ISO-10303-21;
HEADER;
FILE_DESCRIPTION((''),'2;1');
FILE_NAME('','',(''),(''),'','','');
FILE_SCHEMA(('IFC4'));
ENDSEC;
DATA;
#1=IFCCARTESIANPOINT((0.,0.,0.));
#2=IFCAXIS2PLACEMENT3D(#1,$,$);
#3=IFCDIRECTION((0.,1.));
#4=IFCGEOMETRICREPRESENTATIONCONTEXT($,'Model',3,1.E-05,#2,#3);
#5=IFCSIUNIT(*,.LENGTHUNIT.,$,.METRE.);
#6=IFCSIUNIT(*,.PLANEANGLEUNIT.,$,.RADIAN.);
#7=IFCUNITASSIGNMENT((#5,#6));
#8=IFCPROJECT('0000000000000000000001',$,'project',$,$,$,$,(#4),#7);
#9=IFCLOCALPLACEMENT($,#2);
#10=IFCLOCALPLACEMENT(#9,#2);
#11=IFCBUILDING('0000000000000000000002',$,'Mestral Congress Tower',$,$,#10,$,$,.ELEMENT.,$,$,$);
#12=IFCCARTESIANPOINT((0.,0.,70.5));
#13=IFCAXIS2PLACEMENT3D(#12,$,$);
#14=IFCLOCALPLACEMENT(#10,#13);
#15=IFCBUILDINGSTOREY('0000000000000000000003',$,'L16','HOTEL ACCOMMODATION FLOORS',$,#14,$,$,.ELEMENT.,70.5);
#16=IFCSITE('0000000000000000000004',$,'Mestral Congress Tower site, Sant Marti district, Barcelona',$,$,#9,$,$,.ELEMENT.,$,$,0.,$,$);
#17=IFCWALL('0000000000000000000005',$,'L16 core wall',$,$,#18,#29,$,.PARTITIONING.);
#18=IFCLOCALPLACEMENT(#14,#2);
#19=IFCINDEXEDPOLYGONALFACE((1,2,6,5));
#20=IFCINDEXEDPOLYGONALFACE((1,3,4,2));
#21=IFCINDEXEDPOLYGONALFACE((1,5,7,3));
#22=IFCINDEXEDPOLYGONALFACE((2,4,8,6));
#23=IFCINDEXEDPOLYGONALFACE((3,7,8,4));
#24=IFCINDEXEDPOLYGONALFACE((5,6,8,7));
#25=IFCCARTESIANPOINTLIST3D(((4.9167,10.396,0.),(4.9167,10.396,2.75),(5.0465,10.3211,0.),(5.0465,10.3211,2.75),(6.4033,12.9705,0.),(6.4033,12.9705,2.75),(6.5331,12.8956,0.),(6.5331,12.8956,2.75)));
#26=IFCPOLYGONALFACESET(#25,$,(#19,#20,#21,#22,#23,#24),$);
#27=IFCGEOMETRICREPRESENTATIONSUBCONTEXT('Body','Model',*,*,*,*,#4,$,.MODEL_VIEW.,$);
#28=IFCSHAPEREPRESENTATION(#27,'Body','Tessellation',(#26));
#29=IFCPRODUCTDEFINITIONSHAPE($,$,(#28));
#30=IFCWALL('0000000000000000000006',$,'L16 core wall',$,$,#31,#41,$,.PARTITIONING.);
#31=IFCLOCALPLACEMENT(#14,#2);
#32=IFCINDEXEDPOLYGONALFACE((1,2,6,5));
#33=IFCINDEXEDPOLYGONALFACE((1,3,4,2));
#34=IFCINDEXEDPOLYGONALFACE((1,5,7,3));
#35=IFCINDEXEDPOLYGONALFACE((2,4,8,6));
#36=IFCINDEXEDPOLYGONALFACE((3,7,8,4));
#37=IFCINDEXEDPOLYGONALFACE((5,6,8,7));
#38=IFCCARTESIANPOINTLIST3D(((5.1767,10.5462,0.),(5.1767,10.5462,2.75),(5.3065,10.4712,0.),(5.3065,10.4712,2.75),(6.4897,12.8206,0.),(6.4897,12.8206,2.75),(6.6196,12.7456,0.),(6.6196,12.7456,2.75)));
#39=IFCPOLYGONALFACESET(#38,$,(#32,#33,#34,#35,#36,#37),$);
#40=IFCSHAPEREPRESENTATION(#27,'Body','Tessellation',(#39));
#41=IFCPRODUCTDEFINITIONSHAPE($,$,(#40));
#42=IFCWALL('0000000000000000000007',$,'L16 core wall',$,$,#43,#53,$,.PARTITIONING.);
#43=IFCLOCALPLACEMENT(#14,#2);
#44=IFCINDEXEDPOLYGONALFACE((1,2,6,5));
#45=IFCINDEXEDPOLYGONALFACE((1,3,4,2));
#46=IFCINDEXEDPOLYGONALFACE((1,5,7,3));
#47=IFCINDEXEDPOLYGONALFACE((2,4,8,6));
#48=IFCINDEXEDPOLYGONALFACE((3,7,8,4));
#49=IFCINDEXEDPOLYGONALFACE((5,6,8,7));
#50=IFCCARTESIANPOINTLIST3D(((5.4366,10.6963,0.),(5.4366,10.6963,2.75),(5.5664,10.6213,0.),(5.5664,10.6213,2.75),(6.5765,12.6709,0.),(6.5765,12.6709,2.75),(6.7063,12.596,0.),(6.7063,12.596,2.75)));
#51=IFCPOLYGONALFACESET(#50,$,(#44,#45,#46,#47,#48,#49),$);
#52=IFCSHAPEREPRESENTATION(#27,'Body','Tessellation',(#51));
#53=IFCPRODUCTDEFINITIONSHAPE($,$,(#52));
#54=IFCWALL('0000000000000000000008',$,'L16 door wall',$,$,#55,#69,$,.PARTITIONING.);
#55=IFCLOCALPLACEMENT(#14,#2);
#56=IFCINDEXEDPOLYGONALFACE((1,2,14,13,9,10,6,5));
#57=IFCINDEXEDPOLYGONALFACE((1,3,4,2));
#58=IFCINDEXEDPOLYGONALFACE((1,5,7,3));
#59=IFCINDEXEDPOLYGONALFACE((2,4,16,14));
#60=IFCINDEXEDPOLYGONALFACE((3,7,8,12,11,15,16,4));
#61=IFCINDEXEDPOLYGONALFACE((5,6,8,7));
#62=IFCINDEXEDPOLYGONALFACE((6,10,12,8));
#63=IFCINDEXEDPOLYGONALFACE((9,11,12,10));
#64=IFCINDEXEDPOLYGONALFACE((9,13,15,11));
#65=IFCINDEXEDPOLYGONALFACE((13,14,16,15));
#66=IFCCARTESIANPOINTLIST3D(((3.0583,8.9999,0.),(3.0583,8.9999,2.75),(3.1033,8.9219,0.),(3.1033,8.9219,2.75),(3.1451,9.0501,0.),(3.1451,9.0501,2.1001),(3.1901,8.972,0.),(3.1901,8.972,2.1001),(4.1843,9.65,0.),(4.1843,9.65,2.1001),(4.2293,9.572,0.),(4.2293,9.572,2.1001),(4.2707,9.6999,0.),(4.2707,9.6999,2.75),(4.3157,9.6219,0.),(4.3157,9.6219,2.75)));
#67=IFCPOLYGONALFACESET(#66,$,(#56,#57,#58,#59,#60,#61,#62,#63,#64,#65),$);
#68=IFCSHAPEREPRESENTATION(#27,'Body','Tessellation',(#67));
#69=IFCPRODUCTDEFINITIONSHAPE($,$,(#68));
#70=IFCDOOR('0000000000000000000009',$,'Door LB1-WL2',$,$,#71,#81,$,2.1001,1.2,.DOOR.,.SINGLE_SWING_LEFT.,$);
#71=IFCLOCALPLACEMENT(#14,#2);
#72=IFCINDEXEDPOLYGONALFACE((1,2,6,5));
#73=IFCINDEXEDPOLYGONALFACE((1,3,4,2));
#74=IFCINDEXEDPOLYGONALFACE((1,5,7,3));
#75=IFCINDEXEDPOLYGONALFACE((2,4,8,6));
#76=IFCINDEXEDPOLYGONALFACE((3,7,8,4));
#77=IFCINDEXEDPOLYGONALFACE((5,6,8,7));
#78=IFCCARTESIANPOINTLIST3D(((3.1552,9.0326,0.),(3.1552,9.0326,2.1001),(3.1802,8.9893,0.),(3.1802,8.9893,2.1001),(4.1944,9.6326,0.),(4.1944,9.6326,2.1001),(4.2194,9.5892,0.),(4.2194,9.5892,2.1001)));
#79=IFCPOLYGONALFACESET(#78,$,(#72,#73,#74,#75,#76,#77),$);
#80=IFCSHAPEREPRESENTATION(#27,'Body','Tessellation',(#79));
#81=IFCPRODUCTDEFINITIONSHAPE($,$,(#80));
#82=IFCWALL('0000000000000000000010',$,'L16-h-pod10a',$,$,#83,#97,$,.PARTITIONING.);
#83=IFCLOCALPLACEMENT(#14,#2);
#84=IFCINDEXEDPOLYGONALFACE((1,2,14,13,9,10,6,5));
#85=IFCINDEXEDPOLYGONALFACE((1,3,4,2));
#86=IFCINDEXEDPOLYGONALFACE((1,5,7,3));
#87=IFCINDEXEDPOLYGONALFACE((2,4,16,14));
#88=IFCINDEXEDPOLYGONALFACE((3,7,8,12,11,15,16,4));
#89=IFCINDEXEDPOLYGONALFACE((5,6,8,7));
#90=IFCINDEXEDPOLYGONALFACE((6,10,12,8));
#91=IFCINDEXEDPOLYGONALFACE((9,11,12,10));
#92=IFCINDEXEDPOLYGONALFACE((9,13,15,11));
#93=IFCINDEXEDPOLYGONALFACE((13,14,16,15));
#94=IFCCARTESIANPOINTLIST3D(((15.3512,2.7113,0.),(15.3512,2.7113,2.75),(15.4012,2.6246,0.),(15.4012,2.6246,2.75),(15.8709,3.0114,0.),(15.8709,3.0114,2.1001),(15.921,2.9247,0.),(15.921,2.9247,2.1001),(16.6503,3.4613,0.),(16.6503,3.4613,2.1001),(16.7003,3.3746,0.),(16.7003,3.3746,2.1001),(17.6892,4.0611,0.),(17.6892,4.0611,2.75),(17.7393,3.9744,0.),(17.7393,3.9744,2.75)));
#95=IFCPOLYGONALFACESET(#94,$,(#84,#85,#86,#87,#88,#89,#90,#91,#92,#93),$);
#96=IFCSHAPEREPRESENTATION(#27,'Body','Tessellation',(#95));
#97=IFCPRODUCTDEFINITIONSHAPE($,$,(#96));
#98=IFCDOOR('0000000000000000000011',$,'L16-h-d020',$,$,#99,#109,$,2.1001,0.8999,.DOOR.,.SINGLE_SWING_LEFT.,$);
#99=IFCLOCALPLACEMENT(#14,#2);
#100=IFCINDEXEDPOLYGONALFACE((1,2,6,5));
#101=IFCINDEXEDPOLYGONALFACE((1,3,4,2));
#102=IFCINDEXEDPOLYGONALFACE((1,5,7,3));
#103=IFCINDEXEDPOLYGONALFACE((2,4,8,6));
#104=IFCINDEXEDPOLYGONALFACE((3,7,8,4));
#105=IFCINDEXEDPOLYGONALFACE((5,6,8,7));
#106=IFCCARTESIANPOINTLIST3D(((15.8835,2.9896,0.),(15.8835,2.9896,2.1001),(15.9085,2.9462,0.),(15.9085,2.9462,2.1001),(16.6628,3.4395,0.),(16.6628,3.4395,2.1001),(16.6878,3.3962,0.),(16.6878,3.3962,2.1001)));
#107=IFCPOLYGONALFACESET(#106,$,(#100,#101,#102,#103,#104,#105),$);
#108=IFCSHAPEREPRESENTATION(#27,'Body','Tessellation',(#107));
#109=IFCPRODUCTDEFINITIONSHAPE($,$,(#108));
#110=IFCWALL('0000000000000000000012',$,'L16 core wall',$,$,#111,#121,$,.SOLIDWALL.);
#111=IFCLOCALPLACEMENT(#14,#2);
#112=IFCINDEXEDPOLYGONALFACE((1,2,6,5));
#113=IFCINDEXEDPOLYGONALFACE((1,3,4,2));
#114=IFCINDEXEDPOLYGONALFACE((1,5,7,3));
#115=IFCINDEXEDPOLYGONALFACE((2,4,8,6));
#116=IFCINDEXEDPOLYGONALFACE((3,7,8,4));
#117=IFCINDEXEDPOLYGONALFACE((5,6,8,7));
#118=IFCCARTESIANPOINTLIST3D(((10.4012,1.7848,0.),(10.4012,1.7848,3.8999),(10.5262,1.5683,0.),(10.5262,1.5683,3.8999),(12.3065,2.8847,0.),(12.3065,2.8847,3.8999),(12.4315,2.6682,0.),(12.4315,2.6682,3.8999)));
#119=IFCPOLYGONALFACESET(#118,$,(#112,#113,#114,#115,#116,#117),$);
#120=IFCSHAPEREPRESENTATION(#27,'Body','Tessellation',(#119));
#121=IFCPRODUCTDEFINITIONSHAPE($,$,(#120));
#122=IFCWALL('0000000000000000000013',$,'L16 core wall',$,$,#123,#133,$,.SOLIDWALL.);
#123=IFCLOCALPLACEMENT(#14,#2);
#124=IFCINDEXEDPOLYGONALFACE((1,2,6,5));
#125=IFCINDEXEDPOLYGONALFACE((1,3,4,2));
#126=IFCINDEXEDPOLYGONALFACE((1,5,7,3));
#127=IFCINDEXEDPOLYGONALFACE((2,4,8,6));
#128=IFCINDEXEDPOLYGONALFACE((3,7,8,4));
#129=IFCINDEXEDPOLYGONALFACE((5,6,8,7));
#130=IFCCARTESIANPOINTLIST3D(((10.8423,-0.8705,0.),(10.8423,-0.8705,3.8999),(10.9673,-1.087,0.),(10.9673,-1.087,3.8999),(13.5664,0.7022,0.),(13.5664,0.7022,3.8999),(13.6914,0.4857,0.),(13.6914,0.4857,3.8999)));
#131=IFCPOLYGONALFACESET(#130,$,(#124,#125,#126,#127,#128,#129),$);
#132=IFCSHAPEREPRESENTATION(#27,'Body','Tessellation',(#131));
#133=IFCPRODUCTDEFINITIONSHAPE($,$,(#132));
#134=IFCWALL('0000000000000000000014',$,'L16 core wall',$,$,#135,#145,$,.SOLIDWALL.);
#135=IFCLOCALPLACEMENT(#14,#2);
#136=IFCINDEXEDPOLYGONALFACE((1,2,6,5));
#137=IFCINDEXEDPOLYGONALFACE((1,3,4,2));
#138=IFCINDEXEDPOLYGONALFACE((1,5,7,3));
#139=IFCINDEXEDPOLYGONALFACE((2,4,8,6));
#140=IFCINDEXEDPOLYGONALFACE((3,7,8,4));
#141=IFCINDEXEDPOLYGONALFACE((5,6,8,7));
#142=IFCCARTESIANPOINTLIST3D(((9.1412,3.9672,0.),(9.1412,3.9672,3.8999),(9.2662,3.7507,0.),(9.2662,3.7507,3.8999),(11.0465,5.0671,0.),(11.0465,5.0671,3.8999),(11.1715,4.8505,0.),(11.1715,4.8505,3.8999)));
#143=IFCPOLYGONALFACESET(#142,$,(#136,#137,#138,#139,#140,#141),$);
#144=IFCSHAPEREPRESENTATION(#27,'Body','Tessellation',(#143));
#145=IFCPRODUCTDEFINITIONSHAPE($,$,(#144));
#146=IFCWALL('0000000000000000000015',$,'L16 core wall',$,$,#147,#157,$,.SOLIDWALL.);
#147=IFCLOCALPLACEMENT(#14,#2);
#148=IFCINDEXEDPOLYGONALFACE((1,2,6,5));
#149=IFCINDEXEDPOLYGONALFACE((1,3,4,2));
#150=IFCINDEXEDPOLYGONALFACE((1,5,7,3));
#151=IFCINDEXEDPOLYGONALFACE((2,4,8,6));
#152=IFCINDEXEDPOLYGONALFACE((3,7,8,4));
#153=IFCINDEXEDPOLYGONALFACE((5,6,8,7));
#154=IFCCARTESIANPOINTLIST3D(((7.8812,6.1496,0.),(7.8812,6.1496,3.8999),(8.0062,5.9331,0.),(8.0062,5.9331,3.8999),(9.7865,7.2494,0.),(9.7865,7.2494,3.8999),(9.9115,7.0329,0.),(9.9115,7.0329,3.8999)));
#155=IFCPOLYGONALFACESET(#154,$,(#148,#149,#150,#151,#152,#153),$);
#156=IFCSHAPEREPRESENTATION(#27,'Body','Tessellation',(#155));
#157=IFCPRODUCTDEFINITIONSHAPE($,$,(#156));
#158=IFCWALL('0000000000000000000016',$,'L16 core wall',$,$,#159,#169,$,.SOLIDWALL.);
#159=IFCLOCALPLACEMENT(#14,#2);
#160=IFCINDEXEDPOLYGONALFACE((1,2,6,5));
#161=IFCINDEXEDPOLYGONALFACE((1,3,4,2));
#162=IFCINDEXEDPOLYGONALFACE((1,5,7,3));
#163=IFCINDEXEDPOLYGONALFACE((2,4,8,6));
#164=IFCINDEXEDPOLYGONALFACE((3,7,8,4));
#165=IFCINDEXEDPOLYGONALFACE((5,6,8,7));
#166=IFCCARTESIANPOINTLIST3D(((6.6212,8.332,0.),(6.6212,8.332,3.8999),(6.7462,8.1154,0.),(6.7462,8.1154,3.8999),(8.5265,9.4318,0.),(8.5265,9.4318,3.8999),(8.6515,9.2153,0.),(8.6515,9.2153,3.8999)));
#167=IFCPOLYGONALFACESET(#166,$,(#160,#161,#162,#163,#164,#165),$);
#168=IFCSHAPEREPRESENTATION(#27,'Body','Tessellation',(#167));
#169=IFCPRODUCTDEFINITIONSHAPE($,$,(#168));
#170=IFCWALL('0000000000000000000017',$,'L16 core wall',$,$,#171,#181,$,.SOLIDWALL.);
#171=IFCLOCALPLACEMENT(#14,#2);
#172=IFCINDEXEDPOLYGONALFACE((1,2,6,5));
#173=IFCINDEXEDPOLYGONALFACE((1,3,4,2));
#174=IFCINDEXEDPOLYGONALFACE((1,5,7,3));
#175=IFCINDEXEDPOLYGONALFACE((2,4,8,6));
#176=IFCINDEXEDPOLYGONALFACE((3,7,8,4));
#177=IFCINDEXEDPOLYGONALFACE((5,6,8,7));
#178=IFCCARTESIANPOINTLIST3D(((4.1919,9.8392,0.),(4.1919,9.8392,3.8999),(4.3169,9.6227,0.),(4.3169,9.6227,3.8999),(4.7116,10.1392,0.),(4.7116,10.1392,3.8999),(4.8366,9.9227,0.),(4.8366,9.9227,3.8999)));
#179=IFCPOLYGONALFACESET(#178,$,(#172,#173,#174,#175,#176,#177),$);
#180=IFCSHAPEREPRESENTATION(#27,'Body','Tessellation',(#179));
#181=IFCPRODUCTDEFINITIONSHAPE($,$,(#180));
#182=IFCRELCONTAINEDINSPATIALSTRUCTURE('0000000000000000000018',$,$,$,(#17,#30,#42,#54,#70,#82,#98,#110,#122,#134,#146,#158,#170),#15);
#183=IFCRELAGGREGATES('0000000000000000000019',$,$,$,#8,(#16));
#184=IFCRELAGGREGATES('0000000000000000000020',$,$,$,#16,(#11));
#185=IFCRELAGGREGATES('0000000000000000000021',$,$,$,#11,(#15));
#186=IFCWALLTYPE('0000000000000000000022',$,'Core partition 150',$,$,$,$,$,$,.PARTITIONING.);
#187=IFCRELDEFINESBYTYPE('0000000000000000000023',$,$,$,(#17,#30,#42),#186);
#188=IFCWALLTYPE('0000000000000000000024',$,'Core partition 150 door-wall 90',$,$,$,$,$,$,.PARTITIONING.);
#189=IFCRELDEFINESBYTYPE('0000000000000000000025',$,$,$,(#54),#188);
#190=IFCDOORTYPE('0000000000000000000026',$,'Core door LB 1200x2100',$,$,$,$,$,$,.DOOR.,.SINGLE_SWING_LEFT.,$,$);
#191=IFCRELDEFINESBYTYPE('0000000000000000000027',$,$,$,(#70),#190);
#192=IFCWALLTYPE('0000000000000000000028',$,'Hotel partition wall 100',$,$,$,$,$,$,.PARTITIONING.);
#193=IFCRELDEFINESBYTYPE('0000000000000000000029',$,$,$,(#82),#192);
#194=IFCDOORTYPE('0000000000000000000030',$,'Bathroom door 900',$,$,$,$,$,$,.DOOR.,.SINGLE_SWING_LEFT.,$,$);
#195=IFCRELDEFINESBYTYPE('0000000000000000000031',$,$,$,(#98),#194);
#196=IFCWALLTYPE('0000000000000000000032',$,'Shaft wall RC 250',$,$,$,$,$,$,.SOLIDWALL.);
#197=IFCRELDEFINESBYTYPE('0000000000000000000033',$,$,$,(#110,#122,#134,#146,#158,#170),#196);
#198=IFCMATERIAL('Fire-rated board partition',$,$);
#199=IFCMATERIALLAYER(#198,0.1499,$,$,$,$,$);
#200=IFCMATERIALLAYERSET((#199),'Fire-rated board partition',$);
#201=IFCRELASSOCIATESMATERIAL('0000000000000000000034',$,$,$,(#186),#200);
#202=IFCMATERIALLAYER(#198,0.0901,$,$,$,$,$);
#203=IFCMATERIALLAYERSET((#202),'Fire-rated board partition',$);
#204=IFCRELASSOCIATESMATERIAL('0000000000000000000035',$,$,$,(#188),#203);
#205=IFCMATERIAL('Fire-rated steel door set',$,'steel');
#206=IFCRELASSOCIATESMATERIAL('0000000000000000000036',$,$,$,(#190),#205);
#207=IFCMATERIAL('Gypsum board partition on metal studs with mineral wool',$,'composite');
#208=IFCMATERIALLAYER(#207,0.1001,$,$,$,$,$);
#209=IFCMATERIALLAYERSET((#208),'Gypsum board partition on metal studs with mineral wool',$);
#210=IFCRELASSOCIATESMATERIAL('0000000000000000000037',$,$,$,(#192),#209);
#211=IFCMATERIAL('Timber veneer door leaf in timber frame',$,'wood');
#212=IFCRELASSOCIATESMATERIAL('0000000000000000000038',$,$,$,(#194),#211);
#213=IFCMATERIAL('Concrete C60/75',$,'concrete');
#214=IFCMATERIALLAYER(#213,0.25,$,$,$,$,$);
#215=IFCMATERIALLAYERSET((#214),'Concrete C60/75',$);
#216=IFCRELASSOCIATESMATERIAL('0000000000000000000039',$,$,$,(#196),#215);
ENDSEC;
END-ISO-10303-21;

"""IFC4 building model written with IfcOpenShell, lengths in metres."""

from ifc_helpers import new_model, si_unit, direction, frame, frame_2d, origin, place, context, subcontext, project, spatial, rectangle, extrude, material, layer, layer_set, type_object, element, fill, save


model = new_model("IFC4")

# Units and contexts
model_context = context("Model", 3, precision=1e-05, world=origin(), true_north=direction((0.0, 1.0)))
body_context = subcontext(model_context, "Body", "Model", "MODEL_VIEW")
ifc_project = project(units=[si_unit("LENGTHUNIT", "METRE"), si_unit("PLANEANGLEUNIT", "RADIAN")], contexts=[model_context])

# Site, building, storey
site_placement = place(None, origin())
site = spatial("IfcSite", under=ifc_project, at=site_placement, Name="Mestral Congress Tower site, Sant Marti district, Barcelona", CompositionType="ELEMENT", RefElevation=0.0)
building_placement = place(site_placement, origin())
building = spatial("IfcBuilding", under=site, at=building_placement, Name="Mestral Congress Tower", CompositionType="ELEMENT")
storey_placement = place(building_placement, frame((0.0, 0.0, 70.5)))
storey = spatial("IfcBuildingStorey", under=building, at=storey_placement, Name="L16", Description="HOTEL ACCOMMODATION FLOORS", CompositionType="ELEMENT", Elevation=70.5)

# Walls
ifc_material_1 = material(Name="Fire-rated board partition")
ifc_layer_1 = layer(ifc_material_1, 0.1499)
ifc_layer_set_1 = layer_set([ifc_layer_1], Name="Fire-rated board partition")
wall_type_1 = type_object("IfcWallType", Name="Core partition 150", PredefinedType="PARTITIONING", material=ifc_layer_set_1)
wall_1_placement = place(storey_placement, frame((4.9817, 10.3586, 0.0), z_axis=(0.0, 0.0, 1.0), x_axis=(0.500052, 0.865995, 0.0)))
element("IfcWall", 1, at=wall_1_placement, inside=storey, type_object=wall_type_1, Name="L16 core wall", PredefinedType="PARTITIONING", context=body_context, shape_type="SweptSolid", body=[
    extrude(rectangle(XDim=2.9729, YDim=0.1499, at=frame_2d((1.4863, 0.0))), origin(), (0.0, 0.0, 1.0), 2.75),
])
wall_2_placement = place(storey_placement, frame((5.2417, 10.5088, 0.0), z_axis=(0.0, 0.0, 1.0), x_axis=(0.499959, 0.866049, 0.0)))
element("IfcWall", 2, at=wall_2_placement, inside=storey, type_object=wall_type_1, Name="L16 core wall", PredefinedType="PARTITIONING", context=body_context, shape_type="SweptSolid", body=[
    extrude(rectangle(XDim=2.6262, YDim=0.1499, at=frame_2d((1.313, 0.0))), origin(), (0.0, 0.0, 1.0), 2.75),
])
wall_3_placement = place(storey_placement, frame((5.5015, 10.6587, 0.0), z_axis=(0.0, 0.0, 1.0), x_axis=(0.499951, 0.866054, 0.0)))
element("IfcWall", 3, at=wall_3_placement, inside=storey, type_object=wall_type_1, Name="L16 core wall", PredefinedType="PARTITIONING", context=body_context, shape_type="SweptSolid", body=[
    extrude(rectangle(XDim=2.28, YDim=0.1499, at=frame_2d((1.1401, 0.0))), origin(), (0.0, 0.0, 1.0), 2.75),
])

# Walls, openings, doors
ifc_layer_2 = layer(ifc_material_1, 0.0901)
ifc_layer_set_2 = layer_set([ifc_layer_2], Name="Fire-rated board partition")
wall_type_2 = type_object("IfcWallType", Name="Core partition 150 door-wall 90", PredefinedType="PARTITIONING", material=ifc_layer_set_2)
wall_4_placement = place(storey_placement, frame((3.0808, 8.9609, 0.0), z_axis=(0.0, 0.0, 1.0), x_axis=(0.866035, 0.499984, 0.0)))
wall_4 = element("IfcWall", 4, at=wall_4_placement, inside=storey, type_object=wall_type_2, Name="L16 door wall", PredefinedType="PARTITIONING", context=body_context, shape_type="SweptSolid", body=[
    extrude(rectangle(XDim=1.3999, YDim=0.0901, at=frame_2d((0.7, 0.0))), origin(), (0.0, 0.0, 1.0), 2.75),
])
opening_1_placement = place(wall_4_placement, frame((0.1001, 0.0, 0.0)))
opening_1 = element("IfcOpeningElement", 5, at=opening_1_placement, cuts=wall_4, PredefinedType="OPENING", context=body_context, shape_type="SweptSolid", body=[
    extrude(rectangle(XDim=1.2, YDim=2.1001, at=frame_2d((0.6001, 1.05))), frame((0.0, 0.0549, 0.0), z_axis=(0.0, -1.0, 0.0), x_axis=(1.0, 0.0, 0.0)), (0.0, 0.0, 1.0), 0.1101),
])
ifc_material_2 = material(Name="Fire-rated steel door set", Category="steel")
door_type_1 = type_object("IfcDoorType", Name="Core door LB 1200x2100", OperationType="SINGLE_SWING_LEFT", PredefinedType="DOOR", material=ifc_material_2)
door_1_placement = place(opening_1_placement, origin())
door_1 = element("IfcDoor", 6, at=door_1_placement, inside=storey, type_object=door_type_1, Name="Door LB1-WL2", OperationType="SINGLE_SWING_LEFT", OverallHeight=2.1001, OverallWidth=1.2, PredefinedType="DOOR", context=body_context, shape_type="SweptSolid", body=[
    extrude(rectangle(XDim=1.2, YDim=2.1001, at=frame_2d((0.6001, 1.05))), frame((0.0, 0.0249, 0.0), z_axis=(0.0, -1.0, 0.0), x_axis=(1.0, 0.0, 0.0)), (0.0, 0.0, 1.0), 0.05),
])
fill(opening_1, door_1)
ifc_material_3 = material(Name="Gypsum board partition on metal studs with mineral wool", Category="composite")
ifc_layer_3 = layer(ifc_material_3, 0.1001)
ifc_layer_set_3 = layer_set([ifc_layer_3], Name="Gypsum board partition on metal studs with mineral wool")
wall_type_3 = type_object("IfcWallType", Name="Hotel partition wall 100", PredefinedType="PARTITIONING", material=ifc_layer_set_3)
wall_5_placement = place(storey_placement, frame((15.3762, 2.668, 0.0), z_axis=(0.0, 0.0, 1.0), x_axis=(0.866037, 0.499981, 0.0)))
wall_5 = element("IfcWall", 7, at=wall_5_placement, inside=storey, type_object=wall_type_3, Name="L16-h-pod10a", PredefinedType="PARTITIONING", context=body_context, shape_type="SweptSolid", body=[
    extrude(rectangle(XDim=2.6997, YDim=0.1001, at=frame_2d((1.3499, 0.0))), origin(), (0.0, 0.0, 1.0), 2.75),
])
opening_2_placement = place(wall_5_placement, frame((0.6001, 0.0, 0.0)))
opening_2 = element("IfcOpeningElement", 8, at=opening_2_placement, cuts=wall_5, PredefinedType="OPENING", context=body_context, shape_type="SweptSolid", body=[
    extrude(rectangle(XDim=0.8999, YDim=2.1001, at=frame_2d((0.45, 1.05))), frame((0.0, 0.0601, 0.0), z_axis=(0.0, -1.0, 0.0), x_axis=(1.0, 0.0, 0.0)), (0.0, 0.0, 1.0), 0.1201),
])
ifc_material_4 = material(Name="Timber veneer door leaf in timber frame", Category="wood")
door_type_2 = type_object("IfcDoorType", Name="Bathroom door 900", OperationType="SINGLE_SWING_LEFT", PredefinedType="DOOR", material=ifc_material_4)
door_2_placement = place(opening_2_placement, origin())
door_2 = element("IfcDoor", 9, at=door_2_placement, inside=storey, type_object=door_type_2, Name="L16-h-d020", OperationType="SINGLE_SWING_LEFT", OverallHeight=2.1001, OverallWidth=0.8999, PredefinedType="DOOR", context=body_context, shape_type="SweptSolid", body=[
    extrude(rectangle(XDim=0.8999, YDim=2.1001, at=frame_2d((0.45, 1.05))), frame((0.0, 0.0249, 0.0), z_axis=(0.0, -1.0, 0.0), x_axis=(1.0, 0.0, 0.0)), (0.0, 0.0, 1.0), 0.05),
])
fill(opening_2, door_2)

# Walls
ifc_material_5 = material(Name="Concrete C60/75", Category="concrete")
ifc_layer_4 = layer(ifc_material_5, 0.25)
ifc_layer_set_4 = layer_set([ifc_layer_4], Name="Concrete C60/75")
wall_type_4 = type_object("IfcWallType", Name="Shaft wall RC 250", PredefinedType="SOLIDWALL", material=ifc_layer_set_4)
wall_6_placement = place(storey_placement, frame((10.4636, 1.6765, 0.0), z_axis=(0.0, 0.0, 1.0), x_axis=(0.866056, 0.499947, 0.0)))
element("IfcWall", 10, at=wall_6_placement, inside=storey, type_object=wall_type_4, Name="L16 core wall", PredefinedType="SOLIDWALL", context=body_context, shape_type="SweptSolid", body=[
    extrude(rectangle(XDim=2.2, YDim=0.25, at=frame_2d((1.1001, 0.0))), origin(), (0.0, 0.0, 1.0), 3.8999),
])
wall_7_placement = place(storey_placement, frame((13.6289, 0.594, 0.0), z_axis=(0.0, 0.0, 1.0), x_axis=(-0.866028, -0.499996, 0.0)))
element("IfcWall", 11, at=wall_7_placement, inside=storey, type_object=wall_type_4, Name="L16 core wall", PredefinedType="SOLIDWALL", context=body_context, shape_type="SweptSolid", body=[
    extrude(rectangle(XDim=3.1455, YDim=0.25, at=frame_2d((1.5728, 0.0))), origin(), (0.0, 0.0, 1.0), 3.8999),
])
for number, where, z_axis, x_axis, name in (
    (12, (9.2036, 3.8589, 0.0), (0.0, 0.0, 1.0), (0.866056, 0.499947, 0.0), "L16 core wall"),
    (13, (7.9436, 6.0413, 0.0), (0.0, 0.0, 1.0), (0.866056, 0.499947, 0.0), "L16 core wall"),
    (14, (6.6836, 8.2236, 0.0), (0.0, 0.0, 1.0), (0.866056, 0.499947, 0.0), "L16 core wall"),
):
    element("IfcWall", number, at=place(storey_placement, frame(where, z_axis=z_axis, x_axis=x_axis)), inside=storey, type_object=wall_type_4, Name=name, PredefinedType="SOLIDWALL", context=body_context, shape_type="SweptSolid", body=[
        extrude(rectangle(XDim=2.2, YDim=0.25, at=frame_2d((1.1001, 0.0))), origin(), (0.0, 0.0, 1.0), 3.8999),
    ])
wall_8_placement = place(storey_placement, frame((4.2544, 9.731, 0.0), z_axis=(0.0, 0.0, 1.0), x_axis=(0.866057, 0.499945, 0.0)))
element("IfcWall", 15, at=wall_8_placement, inside=storey, type_object=wall_type_4, Name="L16 core wall", PredefinedType="SOLIDWALL", context=body_context, shape_type="SweptSolid", body=[
    extrude(rectangle(XDim=0.6001, YDim=0.25, at=frame_2d((0.3, 0.0))), origin(), (0.0, 0.0, 1.0), 3.8999),
])

save(model, "model.ifc")
